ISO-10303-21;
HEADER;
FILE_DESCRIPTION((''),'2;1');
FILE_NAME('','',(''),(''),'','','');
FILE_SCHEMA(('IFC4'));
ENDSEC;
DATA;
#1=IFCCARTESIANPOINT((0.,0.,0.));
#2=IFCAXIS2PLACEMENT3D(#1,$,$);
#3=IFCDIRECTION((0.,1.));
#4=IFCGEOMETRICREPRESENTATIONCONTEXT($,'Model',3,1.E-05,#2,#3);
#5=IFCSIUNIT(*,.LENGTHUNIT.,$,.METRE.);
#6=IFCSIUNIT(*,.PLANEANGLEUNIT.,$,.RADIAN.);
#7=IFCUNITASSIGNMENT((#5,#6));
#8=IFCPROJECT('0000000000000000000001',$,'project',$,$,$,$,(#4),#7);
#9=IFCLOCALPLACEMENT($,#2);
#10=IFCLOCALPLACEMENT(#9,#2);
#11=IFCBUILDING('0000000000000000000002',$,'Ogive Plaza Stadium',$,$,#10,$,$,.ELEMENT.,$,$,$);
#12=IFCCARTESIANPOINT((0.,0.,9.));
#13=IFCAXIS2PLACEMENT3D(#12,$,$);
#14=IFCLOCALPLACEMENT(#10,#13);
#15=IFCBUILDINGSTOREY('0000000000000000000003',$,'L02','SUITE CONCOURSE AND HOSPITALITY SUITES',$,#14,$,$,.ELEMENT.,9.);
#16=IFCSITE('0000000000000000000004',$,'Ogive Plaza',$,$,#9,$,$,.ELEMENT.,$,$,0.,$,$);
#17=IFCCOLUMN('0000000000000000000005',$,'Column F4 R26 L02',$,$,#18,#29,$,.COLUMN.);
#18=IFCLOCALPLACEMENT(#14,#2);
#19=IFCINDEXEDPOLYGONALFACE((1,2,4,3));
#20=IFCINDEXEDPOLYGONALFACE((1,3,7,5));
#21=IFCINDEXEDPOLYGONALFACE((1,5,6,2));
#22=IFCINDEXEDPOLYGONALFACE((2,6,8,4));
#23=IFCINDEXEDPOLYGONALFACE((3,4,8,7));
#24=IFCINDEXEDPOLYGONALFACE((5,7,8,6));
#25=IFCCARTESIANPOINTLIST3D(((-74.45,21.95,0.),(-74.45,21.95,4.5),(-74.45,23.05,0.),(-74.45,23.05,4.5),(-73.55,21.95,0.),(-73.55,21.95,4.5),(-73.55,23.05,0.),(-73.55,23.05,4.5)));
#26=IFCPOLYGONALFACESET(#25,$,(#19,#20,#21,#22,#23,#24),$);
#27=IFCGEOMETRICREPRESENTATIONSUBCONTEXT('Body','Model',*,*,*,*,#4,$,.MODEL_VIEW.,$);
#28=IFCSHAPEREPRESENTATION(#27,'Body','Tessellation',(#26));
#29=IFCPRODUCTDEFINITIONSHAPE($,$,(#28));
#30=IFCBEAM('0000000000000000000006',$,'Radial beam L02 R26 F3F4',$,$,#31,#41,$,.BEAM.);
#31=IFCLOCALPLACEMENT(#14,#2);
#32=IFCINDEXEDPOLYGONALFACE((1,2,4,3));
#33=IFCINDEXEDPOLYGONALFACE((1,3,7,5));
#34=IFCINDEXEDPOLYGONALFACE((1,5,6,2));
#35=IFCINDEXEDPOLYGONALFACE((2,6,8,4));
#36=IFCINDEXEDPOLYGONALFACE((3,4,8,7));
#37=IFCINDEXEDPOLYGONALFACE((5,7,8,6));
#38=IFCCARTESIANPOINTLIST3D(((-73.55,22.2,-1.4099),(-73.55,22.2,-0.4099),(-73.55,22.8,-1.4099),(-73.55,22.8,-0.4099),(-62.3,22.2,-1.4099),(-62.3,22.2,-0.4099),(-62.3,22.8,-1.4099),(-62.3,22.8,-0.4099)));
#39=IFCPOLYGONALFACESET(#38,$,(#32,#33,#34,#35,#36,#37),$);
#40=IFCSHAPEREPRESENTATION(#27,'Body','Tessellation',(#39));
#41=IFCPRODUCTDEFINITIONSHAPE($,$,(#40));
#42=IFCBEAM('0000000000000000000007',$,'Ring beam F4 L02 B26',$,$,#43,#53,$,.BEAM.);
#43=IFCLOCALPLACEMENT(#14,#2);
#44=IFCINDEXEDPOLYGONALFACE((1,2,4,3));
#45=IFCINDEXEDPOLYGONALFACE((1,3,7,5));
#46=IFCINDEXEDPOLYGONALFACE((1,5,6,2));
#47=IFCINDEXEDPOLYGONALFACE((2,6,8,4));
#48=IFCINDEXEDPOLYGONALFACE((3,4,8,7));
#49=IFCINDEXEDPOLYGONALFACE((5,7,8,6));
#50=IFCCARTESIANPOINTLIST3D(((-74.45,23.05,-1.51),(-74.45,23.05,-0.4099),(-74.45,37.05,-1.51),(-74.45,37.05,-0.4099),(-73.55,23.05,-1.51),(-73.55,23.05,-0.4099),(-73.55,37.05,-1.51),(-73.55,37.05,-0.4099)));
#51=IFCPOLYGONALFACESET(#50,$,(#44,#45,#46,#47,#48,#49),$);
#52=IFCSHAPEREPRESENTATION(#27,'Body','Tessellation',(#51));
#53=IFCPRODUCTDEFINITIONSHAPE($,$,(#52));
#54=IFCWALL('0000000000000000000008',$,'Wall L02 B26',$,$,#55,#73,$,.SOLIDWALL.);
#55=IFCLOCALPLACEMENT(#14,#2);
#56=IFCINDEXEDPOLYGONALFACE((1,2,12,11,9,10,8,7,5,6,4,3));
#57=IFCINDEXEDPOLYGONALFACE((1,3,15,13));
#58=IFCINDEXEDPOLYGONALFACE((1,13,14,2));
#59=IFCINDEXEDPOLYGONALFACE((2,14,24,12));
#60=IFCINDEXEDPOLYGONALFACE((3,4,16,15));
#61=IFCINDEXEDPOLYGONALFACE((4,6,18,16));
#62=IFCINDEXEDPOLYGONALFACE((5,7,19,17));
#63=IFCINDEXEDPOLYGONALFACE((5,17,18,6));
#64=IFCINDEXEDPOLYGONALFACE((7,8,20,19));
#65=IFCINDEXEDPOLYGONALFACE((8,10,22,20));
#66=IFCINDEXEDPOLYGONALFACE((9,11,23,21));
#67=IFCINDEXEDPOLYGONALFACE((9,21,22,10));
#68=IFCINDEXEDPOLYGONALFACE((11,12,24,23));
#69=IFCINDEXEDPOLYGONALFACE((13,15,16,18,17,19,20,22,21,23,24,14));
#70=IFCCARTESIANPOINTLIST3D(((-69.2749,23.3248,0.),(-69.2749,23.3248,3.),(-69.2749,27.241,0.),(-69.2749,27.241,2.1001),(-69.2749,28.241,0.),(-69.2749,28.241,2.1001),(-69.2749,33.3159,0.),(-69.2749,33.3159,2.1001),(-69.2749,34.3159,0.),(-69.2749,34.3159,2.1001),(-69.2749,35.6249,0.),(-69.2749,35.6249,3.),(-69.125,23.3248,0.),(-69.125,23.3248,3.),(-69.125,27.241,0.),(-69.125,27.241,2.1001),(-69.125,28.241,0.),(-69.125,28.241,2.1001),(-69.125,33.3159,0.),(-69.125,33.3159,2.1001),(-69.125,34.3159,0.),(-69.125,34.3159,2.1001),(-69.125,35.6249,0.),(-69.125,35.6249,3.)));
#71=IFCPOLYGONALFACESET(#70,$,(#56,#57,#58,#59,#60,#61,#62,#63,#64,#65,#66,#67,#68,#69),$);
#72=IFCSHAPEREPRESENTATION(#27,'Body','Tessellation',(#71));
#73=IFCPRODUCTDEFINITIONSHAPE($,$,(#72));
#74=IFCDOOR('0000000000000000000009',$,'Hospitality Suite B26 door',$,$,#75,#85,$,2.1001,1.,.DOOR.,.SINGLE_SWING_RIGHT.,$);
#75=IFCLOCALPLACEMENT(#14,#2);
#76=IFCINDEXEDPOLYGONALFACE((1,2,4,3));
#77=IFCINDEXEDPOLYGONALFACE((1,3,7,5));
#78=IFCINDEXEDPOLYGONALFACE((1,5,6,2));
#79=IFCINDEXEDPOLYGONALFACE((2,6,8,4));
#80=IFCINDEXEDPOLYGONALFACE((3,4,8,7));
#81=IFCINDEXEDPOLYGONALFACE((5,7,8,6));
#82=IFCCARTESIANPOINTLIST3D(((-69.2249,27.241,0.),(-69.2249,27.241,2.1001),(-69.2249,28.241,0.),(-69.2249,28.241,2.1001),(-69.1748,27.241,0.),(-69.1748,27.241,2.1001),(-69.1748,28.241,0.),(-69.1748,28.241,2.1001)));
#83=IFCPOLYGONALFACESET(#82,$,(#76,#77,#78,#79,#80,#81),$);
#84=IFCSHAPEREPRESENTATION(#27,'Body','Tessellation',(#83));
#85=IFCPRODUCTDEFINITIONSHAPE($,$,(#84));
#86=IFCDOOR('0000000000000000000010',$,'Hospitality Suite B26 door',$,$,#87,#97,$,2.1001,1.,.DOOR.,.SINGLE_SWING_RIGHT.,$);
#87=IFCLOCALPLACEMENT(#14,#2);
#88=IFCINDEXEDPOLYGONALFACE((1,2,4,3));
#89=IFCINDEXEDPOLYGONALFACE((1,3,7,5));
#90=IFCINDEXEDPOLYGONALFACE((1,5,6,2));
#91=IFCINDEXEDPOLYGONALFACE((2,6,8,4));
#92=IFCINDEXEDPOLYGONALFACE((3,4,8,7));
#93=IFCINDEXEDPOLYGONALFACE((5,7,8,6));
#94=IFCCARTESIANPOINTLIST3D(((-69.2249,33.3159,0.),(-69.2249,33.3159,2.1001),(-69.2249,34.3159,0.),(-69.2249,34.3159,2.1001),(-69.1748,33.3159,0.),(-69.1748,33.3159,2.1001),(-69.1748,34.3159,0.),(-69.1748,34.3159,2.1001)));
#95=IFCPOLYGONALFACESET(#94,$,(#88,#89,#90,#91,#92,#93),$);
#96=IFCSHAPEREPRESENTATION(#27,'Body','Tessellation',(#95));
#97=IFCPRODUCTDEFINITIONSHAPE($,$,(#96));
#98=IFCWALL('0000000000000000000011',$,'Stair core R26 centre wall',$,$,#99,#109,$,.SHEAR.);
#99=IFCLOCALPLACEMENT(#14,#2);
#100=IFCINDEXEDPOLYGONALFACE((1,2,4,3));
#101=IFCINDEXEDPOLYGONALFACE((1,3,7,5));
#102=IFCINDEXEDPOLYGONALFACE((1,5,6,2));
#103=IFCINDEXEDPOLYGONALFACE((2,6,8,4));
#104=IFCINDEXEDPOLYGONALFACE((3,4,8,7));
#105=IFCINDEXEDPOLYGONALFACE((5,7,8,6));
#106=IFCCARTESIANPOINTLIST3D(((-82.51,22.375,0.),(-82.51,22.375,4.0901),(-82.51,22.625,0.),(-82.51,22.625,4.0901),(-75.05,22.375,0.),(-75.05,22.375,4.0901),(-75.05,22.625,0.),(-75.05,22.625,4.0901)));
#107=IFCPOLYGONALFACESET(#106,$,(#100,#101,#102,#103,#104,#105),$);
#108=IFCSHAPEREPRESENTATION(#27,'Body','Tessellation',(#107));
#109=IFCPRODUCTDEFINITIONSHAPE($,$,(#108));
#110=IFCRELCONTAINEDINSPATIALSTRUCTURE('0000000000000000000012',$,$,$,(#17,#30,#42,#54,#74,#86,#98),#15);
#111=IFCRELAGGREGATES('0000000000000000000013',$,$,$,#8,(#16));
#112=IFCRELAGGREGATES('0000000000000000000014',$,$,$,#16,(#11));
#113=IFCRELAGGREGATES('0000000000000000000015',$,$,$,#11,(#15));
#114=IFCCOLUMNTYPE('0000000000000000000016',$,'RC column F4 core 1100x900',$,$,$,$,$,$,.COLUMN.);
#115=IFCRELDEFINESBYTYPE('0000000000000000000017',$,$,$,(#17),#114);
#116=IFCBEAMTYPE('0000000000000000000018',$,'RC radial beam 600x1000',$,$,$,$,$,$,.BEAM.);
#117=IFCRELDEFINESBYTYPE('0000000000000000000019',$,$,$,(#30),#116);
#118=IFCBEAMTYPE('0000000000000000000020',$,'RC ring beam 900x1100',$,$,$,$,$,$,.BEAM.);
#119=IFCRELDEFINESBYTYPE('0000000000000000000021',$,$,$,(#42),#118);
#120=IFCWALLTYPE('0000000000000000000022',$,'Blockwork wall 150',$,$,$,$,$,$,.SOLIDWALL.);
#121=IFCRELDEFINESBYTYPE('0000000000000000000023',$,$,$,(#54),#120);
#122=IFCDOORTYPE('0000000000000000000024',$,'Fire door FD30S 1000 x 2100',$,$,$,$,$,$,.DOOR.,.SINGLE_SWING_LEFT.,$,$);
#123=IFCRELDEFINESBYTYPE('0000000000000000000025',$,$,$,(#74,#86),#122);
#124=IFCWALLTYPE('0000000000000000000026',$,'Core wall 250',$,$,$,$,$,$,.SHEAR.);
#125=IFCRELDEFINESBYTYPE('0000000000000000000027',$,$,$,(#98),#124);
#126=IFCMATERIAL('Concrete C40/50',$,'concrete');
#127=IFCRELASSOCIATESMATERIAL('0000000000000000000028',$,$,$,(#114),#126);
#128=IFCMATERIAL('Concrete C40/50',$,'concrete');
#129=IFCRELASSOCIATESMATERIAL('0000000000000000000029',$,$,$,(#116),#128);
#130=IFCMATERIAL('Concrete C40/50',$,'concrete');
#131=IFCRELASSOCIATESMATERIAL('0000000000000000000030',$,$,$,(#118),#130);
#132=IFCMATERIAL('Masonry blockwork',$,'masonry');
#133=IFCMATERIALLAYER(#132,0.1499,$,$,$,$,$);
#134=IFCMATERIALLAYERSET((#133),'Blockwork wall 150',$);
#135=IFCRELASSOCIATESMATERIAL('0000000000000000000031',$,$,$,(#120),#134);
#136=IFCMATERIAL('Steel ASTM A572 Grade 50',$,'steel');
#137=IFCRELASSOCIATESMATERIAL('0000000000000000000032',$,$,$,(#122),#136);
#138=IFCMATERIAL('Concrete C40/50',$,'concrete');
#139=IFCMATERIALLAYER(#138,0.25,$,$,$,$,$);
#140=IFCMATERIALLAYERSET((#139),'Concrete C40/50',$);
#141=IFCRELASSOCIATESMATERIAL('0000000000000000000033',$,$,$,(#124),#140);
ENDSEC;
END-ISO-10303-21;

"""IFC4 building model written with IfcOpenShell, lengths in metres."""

from ifc_helpers import new_model, si_unit, direction, frame, frame_2d, origin, origin_2d, place, context, subcontext, project, spatial, rectangle, extrude, material, layer, layer_set, material_profile, profile_set, type_object, element, fill, save


model = new_model("IFC4")

# Units and contexts
model_context = context("Model", 3, precision=1e-05, world=origin(), true_north=direction((0.0, 1.0)))
body_context = subcontext(model_context, "Body", "Model", "MODEL_VIEW")
ifc_project = project(units=[si_unit("LENGTHUNIT", "METRE"), si_unit("PLANEANGLEUNIT", "RADIAN")], contexts=[model_context])

# Site, building, storey
site_placement = place(None, origin())
site = spatial("IfcSite", under=ifc_project, at=site_placement, Name="Ogive Plaza", CompositionType="ELEMENT", RefElevation=0.0)
building_placement = place(site_placement, origin())
building = spatial("IfcBuilding", under=site, at=building_placement, Name="Ogive Plaza Stadium", CompositionType="ELEMENT")
storey_placement = place(building_placement, frame((0.0, 0.0, 9.0)))
storey = spatial("IfcBuildingStorey", under=building, at=storey_placement, Name="L02", Description="SUITE CONCOURSE AND HOSPITALITY SUITES", CompositionType="ELEMENT", Elevation=9.0)

# Column
ifc_material_1 = material(Name="Concrete C40/50", Category="concrete")
ifc_material_profile_1 = material_profile(ifc_material_1, rectangle(XDim=1.1001, YDim=0.8999, at=origin_2d()), Name="RC 1100x900")
ifc_profile_set_1 = profile_set([ifc_material_profile_1], Name="Concrete C40/50")
column_type = type_object("IfcColumnType", Name="RC column F4 core 1100x900", PredefinedType="COLUMN", material=ifc_profile_set_1)
column_placement = place(storey_placement, frame((-74.0, 22.5, 0.0), z_axis=(0.0, 0.0, 1.0), x_axis=(0.0, -1.0, 0.0)))
element("IfcColumn", 1, at=column_placement, inside=storey, type_object=column_type, Name="Column F4 R26 L02", PredefinedType="COLUMN", context=body_context, shape_type="SweptSolid", body=[
    extrude(rectangle(XDim=1.1001, YDim=0.8999, at=origin_2d()), origin(), (0.0, 0.0, 1.0), 4.5),
])

# Beams
ifc_material_2 = material(Name="Concrete C40/50", Category="concrete")
ifc_material_profile_2 = material_profile(ifc_material_2, rectangle(XDim=0.6001, YDim=1.0, at=origin_2d()), Name="RC 600x1000")
ifc_profile_set_2 = profile_set([ifc_material_profile_2], Name="Concrete C40/50")
beam_type_1 = type_object("IfcBeamType", Name="RC radial beam 600x1000", PredefinedType="BEAM", material=ifc_profile_set_2)
beam_1_placement = place(storey_placement, frame((-62.3, 22.5, -0.9099), z_axis=(-1.0, 0.0, 0.0), x_axis=(0.0, -1.0, 0.0)))
element("IfcBeam", 2, at=beam_1_placement, inside=storey, type_object=beam_type_1, Name="Radial beam L02 R26 F3F4", PredefinedType="BEAM", context=body_context, shape_type="SweptSolid", body=[
    extrude(rectangle(XDim=0.6001, YDim=1.0, at=origin_2d()), origin(), (0.0, 0.0, 1.0), 11.25),
])
ifc_material_3 = material(Name="Concrete C40/50", Category="concrete")
ifc_material_profile_3 = material_profile(ifc_material_3, rectangle(XDim=0.8999, YDim=1.1001, at=origin_2d()), Name="RC 900x1100")
ifc_profile_set_3 = profile_set([ifc_material_profile_3], Name="Concrete C40/50")
beam_type_2 = type_object("IfcBeamType", Name="RC ring beam 900x1100", PredefinedType="BEAM", material=ifc_profile_set_3)
beam_2_placement = place(storey_placement, frame((-74.0, 23.05, -0.96), z_axis=(0.0, 1.0, 0.0), x_axis=(-1.0, 0.0, 0.0)))
element("IfcBeam", 3, at=beam_2_placement, inside=storey, type_object=beam_type_2, Name="Ring beam F4 L02 B26", PredefinedType="BEAM", context=body_context, shape_type="SweptSolid", body=[
    extrude(rectangle(XDim=0.8999, YDim=1.1001, at=origin_2d()), origin(), (0.0, 0.0, 1.0), 14.0),
])

# Wall, openings, doors
ifc_material_4 = material(Name="Masonry blockwork", Category="masonry")
ifc_layer_1 = layer(ifc_material_4, 0.1499)
ifc_layer_set_1 = layer_set([ifc_layer_1], Name="Blockwork wall 150")
wall_type_1 = type_object("IfcWallType", Name="Blockwork wall 150", PredefinedType="SOLIDWALL", material=ifc_layer_set_1)
wall_1_placement = place(storey_placement, frame((-69.2, 23.325, 0.0), z_axis=(0.0, 0.0, 1.0), x_axis=(0.0, 1.0, 0.0)))
wall_1 = element("IfcWall", 4, at=wall_1_placement, inside=storey, type_object=wall_type_1, Name="Wall L02 B26", PredefinedType="SOLIDWALL", context=body_context, shape_type="SweptSolid", body=[
    extrude(rectangle(XDim=12.3, YDim=0.1499, at=frame_2d((6.1499, 0.0))), origin(), (0.0, 0.0, 1.0), 3.0),
])
opening_1_placement = place(wall_1_placement, frame((3.916, 0.0, 0.0)))
opening_1 = element("IfcOpeningElement", 5, at=opening_1_placement, cuts=wall_1, PredefinedType="OPENING", context=body_context, shape_type="SweptSolid", body=[
    extrude(rectangle(XDim=1.0, YDim=2.1001, at=frame_2d((0.5, 1.05))), frame((0.0, 0.075, 0.0), z_axis=(0.0, -1.0, 0.0), x_axis=(1.0, 0.0, 0.0)), (0.0, 0.0, 1.0), 0.1499),
])
opening_2_placement = place(wall_1_placement, frame((9.991, 0.0, 0.0)))
opening_2 = element("IfcOpeningElement", 6, at=opening_2_placement, cuts=wall_1, PredefinedType="OPENING", context=body_context, shape_type="SweptSolid", body=[
    extrude(rectangle(XDim=1.0, YDim=2.1001, at=frame_2d((0.5, 1.05))), frame((0.0, 0.075, 0.0), z_axis=(0.0, -1.0, 0.0), x_axis=(1.0, 0.0, 0.0)), (0.0, 0.0, 1.0), 0.1499),
])
ifc_material_5 = material(Name="Steel ASTM A572 Grade 50", Category="steel")
door_type_1 = type_object("IfcDoorType", Name="Fire door FD30S 1000 x 2100", OperationType="SINGLE_SWING_LEFT", PredefinedType="DOOR", material=ifc_material_5)
door_1_placement = place(opening_1_placement, origin())
door_1 = element("IfcDoor", 7, at=door_1_placement, inside=storey, type_object=door_type_1, Name="Hospitality Suite B26 door", OperationType="SINGLE_SWING_RIGHT", OverallHeight=2.1001, OverallWidth=1.0, PredefinedType="DOOR", context=body_context, shape_type="SweptSolid", body=[
    extrude(rectangle(XDim=1.0, YDim=2.1001, at=frame_2d((0.5, 1.05))), frame((0.0, 0.0249, 0.0), z_axis=(0.0, -1.0, 0.0), x_axis=(1.0, 0.0, 0.0)), (0.0, 0.0, 1.0), 0.05),
])
fill(opening_1, door_1)
door_2_placement = place(opening_2_placement, origin())
door_2 = element("IfcDoor", 8, at=door_2_placement, inside=storey, type_object=door_type_1, Name="Hospitality Suite B26 door", OperationType="SINGLE_SWING_RIGHT", OverallHeight=2.1001, OverallWidth=1.0, PredefinedType="DOOR", context=body_context, shape_type="SweptSolid", body=[
    extrude(rectangle(XDim=1.0, YDim=2.1001, at=frame_2d((0.5, 1.05))), frame((0.0, 0.0249, 0.0), z_axis=(0.0, -1.0, 0.0), x_axis=(1.0, 0.0, 0.0)), (0.0, 0.0, 1.0), 0.05),
])
fill(opening_2, door_2)

# Wall
ifc_material_6 = material(Name="Concrete C40/50", Category="concrete")
ifc_layer_2 = layer(ifc_material_6, 0.25)
ifc_layer_set_2 = layer_set([ifc_layer_2], Name="Concrete C40/50")
wall_type_2 = type_object("IfcWallType", Name="Core wall 250", PredefinedType="SHEAR", material=ifc_layer_set_2)
wall_2_placement = place(storey_placement, frame((-75.05, 22.5, 0.0), z_axis=(0.0, 0.0, 1.0), x_axis=(-1.0, 0.0, 0.0)))
element("IfcWall", 9, at=wall_2_placement, inside=storey, type_object=wall_type_2, Name="Stair core R26 centre wall", PredefinedType="SHEAR", context=body_context, shape_type="SweptSolid", body=[
    extrude(rectangle(XDim=7.46, YDim=0.25, at=frame_2d((3.73, 0.0))), origin(), (0.0, 0.0, 1.0), 4.0901),
])

save(model, "model.ifc")
